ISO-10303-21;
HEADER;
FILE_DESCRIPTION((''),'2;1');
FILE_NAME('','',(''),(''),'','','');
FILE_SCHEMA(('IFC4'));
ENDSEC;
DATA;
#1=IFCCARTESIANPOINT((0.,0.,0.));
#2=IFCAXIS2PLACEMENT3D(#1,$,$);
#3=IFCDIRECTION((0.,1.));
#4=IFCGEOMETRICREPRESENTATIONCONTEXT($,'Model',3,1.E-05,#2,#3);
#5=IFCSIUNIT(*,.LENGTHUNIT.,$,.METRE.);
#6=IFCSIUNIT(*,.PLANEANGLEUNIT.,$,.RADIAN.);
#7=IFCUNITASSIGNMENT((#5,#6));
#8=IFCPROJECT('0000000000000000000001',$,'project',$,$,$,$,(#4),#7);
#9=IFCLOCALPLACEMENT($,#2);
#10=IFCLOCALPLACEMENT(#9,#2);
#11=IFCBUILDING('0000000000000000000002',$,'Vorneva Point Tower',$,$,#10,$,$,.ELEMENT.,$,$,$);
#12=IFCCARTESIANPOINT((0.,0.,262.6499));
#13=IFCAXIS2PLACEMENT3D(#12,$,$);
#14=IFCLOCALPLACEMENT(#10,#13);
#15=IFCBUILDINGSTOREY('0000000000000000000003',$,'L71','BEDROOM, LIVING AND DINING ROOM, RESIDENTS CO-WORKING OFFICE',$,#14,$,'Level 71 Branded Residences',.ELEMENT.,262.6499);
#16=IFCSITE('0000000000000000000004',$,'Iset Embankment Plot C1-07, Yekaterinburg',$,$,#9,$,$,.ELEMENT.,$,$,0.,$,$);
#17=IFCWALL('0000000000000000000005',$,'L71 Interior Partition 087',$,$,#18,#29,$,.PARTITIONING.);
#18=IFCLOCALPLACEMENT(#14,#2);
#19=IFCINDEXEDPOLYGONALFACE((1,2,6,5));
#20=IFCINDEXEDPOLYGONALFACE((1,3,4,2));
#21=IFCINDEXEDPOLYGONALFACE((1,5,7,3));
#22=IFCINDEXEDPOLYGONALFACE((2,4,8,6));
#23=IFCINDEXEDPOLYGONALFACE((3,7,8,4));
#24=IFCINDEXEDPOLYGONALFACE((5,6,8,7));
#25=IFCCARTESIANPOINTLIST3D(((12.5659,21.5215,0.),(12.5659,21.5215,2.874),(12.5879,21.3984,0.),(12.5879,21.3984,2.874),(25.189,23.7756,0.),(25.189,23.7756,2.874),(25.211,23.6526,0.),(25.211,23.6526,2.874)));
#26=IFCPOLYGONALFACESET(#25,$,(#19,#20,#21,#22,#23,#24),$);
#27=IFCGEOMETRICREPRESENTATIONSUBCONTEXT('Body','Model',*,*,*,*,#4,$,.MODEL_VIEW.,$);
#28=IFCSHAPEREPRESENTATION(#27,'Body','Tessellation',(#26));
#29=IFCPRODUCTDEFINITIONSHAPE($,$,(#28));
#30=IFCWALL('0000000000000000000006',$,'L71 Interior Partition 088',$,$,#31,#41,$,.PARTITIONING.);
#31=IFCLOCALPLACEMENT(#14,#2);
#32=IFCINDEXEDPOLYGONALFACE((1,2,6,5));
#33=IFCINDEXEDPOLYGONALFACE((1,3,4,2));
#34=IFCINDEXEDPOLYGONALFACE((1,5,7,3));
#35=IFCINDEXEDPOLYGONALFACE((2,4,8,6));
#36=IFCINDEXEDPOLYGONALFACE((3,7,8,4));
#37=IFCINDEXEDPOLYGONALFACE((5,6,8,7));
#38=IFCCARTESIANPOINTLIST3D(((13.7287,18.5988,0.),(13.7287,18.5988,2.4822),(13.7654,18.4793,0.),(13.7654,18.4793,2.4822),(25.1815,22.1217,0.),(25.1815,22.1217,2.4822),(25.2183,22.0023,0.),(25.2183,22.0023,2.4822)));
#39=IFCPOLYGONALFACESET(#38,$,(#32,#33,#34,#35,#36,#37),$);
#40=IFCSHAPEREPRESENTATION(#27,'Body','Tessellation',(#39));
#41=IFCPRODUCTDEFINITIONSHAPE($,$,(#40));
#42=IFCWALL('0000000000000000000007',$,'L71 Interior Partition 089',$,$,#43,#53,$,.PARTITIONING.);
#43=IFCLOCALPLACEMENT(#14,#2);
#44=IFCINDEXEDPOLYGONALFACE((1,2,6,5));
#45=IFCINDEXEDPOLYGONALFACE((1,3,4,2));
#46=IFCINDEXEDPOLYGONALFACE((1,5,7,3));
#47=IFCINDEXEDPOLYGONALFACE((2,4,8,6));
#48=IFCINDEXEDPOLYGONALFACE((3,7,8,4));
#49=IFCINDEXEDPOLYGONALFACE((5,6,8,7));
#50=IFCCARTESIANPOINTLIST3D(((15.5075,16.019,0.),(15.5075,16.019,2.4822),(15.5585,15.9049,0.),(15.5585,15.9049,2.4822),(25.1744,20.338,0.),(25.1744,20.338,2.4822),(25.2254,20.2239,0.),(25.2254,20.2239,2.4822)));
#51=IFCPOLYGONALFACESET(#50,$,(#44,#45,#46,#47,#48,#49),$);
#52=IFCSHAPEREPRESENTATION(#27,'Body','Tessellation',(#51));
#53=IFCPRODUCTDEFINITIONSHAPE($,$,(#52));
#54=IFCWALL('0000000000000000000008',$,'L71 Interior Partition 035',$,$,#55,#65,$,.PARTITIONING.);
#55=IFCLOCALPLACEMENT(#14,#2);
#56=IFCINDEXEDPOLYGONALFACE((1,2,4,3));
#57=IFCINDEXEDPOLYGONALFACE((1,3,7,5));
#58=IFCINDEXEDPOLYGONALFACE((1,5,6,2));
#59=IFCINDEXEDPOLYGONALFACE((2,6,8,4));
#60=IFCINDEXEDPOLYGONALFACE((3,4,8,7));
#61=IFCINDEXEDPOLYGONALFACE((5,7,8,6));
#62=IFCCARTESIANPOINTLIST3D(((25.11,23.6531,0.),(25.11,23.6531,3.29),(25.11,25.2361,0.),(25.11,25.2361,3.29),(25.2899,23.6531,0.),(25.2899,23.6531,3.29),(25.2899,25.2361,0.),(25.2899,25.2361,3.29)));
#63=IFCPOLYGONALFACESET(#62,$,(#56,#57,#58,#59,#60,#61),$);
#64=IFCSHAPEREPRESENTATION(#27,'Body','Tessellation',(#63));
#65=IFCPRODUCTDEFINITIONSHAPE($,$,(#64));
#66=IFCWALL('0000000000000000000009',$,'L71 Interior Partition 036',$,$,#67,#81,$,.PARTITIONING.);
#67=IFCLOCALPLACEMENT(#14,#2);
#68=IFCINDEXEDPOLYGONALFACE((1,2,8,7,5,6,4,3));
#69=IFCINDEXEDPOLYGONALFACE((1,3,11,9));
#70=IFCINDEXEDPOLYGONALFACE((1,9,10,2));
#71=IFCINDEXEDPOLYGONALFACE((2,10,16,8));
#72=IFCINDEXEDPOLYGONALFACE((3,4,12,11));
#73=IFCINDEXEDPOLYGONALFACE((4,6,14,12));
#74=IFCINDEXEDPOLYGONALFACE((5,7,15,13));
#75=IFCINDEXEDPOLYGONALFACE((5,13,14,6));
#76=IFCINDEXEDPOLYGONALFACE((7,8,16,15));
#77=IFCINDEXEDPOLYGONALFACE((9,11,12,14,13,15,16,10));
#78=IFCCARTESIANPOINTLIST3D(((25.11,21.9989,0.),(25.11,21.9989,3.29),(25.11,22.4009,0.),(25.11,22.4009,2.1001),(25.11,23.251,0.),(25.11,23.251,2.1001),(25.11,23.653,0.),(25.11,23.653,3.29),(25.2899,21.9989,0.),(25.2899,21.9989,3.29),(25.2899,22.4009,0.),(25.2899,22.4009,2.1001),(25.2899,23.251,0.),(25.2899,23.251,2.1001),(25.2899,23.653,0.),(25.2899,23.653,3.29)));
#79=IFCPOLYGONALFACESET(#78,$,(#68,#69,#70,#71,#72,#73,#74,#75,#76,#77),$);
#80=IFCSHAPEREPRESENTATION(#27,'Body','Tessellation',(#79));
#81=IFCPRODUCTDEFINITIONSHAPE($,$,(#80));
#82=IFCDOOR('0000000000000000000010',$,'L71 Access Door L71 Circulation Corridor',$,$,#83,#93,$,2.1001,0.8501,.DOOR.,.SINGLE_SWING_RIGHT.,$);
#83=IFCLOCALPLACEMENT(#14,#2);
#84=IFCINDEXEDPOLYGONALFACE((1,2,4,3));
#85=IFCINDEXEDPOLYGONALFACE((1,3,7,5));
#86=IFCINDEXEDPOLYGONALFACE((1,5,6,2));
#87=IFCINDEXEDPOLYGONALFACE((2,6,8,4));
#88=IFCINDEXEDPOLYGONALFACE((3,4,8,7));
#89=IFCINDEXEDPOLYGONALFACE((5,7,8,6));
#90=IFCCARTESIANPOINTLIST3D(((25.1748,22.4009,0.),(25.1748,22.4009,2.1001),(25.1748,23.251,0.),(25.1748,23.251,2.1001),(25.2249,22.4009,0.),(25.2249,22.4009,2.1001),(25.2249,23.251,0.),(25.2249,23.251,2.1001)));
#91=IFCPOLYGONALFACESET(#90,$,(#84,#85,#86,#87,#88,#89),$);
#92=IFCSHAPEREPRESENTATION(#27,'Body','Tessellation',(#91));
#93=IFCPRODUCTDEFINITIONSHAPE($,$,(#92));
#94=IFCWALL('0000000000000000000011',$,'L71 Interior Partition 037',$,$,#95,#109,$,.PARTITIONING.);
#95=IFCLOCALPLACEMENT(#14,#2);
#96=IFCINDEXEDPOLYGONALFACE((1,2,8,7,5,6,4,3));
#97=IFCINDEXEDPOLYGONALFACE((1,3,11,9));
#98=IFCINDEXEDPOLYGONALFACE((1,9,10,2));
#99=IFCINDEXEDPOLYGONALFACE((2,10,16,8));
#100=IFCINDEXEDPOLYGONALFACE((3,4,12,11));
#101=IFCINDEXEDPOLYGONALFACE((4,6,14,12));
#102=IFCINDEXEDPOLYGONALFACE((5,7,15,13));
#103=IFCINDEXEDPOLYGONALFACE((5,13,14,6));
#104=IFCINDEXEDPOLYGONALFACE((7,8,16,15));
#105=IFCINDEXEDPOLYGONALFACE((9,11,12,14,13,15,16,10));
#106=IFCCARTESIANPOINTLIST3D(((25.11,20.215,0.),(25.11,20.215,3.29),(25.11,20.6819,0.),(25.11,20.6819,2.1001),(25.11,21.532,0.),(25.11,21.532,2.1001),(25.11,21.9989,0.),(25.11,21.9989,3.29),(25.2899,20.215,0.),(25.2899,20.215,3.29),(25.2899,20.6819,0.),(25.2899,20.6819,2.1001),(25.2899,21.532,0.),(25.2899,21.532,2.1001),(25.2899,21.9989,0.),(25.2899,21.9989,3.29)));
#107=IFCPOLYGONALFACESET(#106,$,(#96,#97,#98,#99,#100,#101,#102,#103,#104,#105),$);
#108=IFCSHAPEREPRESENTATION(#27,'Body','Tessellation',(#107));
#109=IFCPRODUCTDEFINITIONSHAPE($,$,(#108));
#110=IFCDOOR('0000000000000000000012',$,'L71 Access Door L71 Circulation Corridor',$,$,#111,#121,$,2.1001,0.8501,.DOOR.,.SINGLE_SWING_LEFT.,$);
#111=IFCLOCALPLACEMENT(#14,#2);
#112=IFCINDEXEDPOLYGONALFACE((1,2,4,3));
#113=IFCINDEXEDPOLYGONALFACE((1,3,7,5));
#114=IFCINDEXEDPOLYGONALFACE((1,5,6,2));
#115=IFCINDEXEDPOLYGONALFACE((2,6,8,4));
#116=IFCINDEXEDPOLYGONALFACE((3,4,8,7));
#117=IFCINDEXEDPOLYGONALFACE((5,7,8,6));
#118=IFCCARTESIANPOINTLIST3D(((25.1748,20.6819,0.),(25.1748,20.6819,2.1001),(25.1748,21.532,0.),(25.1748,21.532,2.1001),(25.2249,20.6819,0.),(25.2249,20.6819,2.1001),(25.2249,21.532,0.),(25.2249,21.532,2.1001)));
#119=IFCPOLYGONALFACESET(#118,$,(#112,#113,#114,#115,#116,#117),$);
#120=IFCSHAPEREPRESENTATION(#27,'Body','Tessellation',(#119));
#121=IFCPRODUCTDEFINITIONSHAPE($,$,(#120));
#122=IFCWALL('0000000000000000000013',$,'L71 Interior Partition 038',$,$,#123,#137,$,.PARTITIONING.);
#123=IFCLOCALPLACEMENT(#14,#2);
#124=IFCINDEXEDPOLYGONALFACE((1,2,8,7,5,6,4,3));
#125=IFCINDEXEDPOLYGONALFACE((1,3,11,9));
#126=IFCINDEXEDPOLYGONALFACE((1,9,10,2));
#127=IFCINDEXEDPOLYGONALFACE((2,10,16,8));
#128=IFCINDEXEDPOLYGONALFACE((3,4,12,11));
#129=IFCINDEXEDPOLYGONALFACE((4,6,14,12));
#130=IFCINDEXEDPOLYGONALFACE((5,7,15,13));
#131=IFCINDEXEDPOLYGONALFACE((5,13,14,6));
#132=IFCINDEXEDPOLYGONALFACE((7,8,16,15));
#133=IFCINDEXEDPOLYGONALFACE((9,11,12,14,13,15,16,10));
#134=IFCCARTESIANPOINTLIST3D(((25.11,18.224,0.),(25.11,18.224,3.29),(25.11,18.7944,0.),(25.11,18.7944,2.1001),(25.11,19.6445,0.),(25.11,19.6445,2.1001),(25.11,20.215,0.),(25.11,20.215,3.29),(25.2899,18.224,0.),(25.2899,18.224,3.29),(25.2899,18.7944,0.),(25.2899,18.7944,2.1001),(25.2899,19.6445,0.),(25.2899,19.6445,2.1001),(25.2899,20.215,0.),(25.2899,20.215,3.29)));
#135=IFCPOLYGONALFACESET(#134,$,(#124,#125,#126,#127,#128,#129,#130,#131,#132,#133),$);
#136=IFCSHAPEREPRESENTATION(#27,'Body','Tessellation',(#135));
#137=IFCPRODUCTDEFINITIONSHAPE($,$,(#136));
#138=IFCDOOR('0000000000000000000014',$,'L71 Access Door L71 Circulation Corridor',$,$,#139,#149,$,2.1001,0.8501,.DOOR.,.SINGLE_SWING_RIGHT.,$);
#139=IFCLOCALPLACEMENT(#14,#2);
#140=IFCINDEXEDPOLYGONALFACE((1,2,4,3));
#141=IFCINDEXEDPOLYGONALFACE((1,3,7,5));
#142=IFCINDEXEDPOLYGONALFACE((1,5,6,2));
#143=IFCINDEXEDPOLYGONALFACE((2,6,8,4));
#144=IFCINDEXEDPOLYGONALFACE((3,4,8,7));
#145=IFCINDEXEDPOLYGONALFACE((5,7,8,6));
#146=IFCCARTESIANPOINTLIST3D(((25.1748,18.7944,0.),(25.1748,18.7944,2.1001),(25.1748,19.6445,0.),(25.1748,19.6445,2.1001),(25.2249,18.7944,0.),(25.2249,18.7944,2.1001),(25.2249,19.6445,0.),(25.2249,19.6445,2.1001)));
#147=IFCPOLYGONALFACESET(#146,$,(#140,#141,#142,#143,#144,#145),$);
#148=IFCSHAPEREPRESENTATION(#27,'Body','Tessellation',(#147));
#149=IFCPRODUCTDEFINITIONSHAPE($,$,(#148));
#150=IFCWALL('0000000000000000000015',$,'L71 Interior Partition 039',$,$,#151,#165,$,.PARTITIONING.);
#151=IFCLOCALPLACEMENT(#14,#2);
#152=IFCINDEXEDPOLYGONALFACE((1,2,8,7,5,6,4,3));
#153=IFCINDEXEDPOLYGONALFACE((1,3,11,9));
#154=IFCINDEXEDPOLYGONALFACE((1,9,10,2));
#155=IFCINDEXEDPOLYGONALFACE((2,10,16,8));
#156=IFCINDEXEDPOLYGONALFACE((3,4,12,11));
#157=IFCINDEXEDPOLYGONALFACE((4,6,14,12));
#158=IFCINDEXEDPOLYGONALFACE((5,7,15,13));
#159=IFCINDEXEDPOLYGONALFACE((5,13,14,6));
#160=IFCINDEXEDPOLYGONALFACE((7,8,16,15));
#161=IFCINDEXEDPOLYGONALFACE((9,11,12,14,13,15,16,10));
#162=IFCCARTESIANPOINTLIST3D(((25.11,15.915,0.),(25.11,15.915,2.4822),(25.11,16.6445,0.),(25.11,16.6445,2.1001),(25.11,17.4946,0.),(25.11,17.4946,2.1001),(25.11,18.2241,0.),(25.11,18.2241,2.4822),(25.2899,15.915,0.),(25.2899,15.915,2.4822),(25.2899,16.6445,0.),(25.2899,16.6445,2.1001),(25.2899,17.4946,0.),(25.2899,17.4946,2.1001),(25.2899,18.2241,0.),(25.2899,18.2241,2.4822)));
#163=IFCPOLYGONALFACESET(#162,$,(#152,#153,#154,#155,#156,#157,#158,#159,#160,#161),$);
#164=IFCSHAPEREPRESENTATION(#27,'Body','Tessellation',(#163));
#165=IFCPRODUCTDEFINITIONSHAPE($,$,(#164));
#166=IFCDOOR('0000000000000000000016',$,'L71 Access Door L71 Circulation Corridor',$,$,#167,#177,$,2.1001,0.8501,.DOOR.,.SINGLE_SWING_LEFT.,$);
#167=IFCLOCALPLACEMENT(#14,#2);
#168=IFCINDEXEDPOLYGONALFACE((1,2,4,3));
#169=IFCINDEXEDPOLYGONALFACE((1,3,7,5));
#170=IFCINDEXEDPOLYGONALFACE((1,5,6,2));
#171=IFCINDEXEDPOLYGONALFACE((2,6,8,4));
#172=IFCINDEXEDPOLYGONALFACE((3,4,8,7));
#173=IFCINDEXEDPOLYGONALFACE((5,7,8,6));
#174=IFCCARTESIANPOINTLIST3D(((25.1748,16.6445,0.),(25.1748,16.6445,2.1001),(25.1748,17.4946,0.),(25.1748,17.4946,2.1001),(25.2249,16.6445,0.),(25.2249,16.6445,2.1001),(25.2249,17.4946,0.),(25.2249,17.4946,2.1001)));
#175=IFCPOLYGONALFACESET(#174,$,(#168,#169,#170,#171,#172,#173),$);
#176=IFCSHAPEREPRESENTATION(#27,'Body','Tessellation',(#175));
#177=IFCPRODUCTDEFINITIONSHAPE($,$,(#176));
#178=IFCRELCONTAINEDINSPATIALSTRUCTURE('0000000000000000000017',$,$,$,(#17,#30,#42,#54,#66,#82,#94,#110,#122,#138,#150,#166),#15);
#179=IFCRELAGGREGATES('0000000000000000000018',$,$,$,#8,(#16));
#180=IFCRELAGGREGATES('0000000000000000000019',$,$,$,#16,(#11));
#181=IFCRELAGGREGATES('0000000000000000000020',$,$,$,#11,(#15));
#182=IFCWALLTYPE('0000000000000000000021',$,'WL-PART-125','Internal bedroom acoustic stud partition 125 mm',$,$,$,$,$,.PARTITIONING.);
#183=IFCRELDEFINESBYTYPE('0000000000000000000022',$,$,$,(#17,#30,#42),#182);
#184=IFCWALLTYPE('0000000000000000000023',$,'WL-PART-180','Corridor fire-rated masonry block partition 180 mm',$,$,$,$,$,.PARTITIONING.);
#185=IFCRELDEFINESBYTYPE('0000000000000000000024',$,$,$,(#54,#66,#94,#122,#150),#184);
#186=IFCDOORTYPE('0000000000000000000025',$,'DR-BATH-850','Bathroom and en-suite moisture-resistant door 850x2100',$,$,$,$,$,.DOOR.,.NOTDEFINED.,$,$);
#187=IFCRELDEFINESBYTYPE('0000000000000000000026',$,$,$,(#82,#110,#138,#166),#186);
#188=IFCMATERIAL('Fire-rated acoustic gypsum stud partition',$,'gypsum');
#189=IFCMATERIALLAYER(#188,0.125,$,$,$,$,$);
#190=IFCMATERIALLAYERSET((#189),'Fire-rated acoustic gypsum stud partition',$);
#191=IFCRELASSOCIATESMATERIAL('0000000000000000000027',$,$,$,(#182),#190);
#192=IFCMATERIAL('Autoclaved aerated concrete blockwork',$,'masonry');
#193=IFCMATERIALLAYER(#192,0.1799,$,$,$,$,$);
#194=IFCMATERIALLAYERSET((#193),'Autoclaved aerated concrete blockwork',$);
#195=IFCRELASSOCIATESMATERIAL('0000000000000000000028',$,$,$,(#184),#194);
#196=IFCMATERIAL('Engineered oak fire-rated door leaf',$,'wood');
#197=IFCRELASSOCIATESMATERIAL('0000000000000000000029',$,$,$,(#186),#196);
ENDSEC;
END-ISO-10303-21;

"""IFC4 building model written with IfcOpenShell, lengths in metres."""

from ifc_helpers import new_model, si_unit, direction, frame, frame_2d, origin, place, context, subcontext, project, spatial, rectangle, extrude, material, layer, layer_set, type_object, element, fill, save


model = new_model("IFC4")

# Units and contexts
model_context = context("Model", 3, precision=1e-05, world=origin(), true_north=direction((0.0, 1.0)))
body_context = subcontext(model_context, "Body", "Model", "MODEL_VIEW")
ifc_project = project(units=[si_unit("LENGTHUNIT", "METRE"), si_unit("PLANEANGLEUNIT", "RADIAN")], contexts=[model_context])

# Site, building, storey
site_placement = place(None, origin())
site = spatial("IfcSite", under=ifc_project, at=site_placement, Name="Iset Embankment Plot C1-07, Yekaterinburg", CompositionType="ELEMENT", RefElevation=0.0)
building_placement = place(site_placement, origin())
building = spatial("IfcBuilding", under=site, at=building_placement, Name="Vorneva Point Tower", CompositionType="ELEMENT")
storey_placement = place(building_placement, frame((0.0, 0.0, 262.6499)))
storey = spatial("IfcBuildingStorey", under=building, at=storey_placement, Name="L71", Description="BEDROOM, LIVING AND DINING ROOM, RESIDENTS CO-WORKING OFFICE", LongName="Level 71 Branded Residences", CompositionType="ELEMENT", Elevation=262.6499)

# Shared definitions
ifc_material_1 = material(Name="Fire-rated acoustic gypsum stud partition", Category="gypsum")

# Shared definitions
ifc_layer_1 = layer(ifc_material_1, 0.125)
ifc_layer_set_1 = layer_set([ifc_layer_1], Name="Fire-rated acoustic gypsum stud partition")
wall_type_1 = type_object("IfcWallType", Name="WL-PART-125", Description="Internal bedroom acoustic stud partition 125 mm", PredefinedType="PARTITIONING", material=ifc_layer_set_1)
ifc_material_2 = material(Name="Engineered oak fire-rated door leaf", Category="wood")

# Walls
wall_1_placement = place(storey_placement, frame((12.5769, 21.46, 0.0), z_axis=(0.0, 0.0, 1.0), x_axis=(0.984427, 0.175793, 0.0)))
element("IfcWall", 1, at=wall_1_placement, inside=storey, type_object=wall_type_1, Name="L71 Interior Partition 087", PredefinedType="PARTITIONING", context=body_context, shape_type="SweptSolid", body=[
    extrude(rectangle(XDim=12.8228, YDim=0.125, at=frame_2d((6.4114, 0.0))), origin(), (0.0, 0.0, 1.0), 2.874),
])
wall_2_placement = place(storey_placement, frame((13.7471, 18.5391, 0.0), z_axis=(0.0, 0.0, 1.0), x_axis=(0.955803, 0.294009, 0.0)))
element("IfcWall", 2, at=wall_2_placement, inside=storey, type_object=wall_type_1, Name="L71 Interior Partition 088", PredefinedType="PARTITIONING", context=body_context, shape_type="SweptSolid", body=[
    extrude(rectangle(XDim=11.9824, YDim=0.125, at=frame_2d((5.9912, 0.0))), origin(), (0.0, 0.0, 1.0), 2.4822),
])
wall_3_placement = place(storey_placement, frame((15.533, 15.9619, 0.0), z_axis=(0.0, 0.0, 1.0), x_axis=(0.913016, 0.407924, 0.0)))
element("IfcWall", 3, at=wall_3_placement, inside=storey, type_object=wall_type_1, Name="L71 Interior Partition 089", PredefinedType="PARTITIONING", context=body_context, shape_type="SweptSolid", body=[
    extrude(rectangle(XDim=10.5879, YDim=0.125, at=frame_2d((5.2939, 0.0))), origin(), (0.0, 0.0, 1.0), 2.4822),
])
ifc_material_3 = material(Name="Autoclaved aerated concrete blockwork", Category="masonry")
ifc_layer_2 = layer(ifc_material_3, 0.1799)
ifc_layer_set_2 = layer_set([ifc_layer_2], Name="Autoclaved aerated concrete blockwork")
wall_type_2 = type_object("IfcWallType", Name="WL-PART-180", Description="Corridor fire-rated masonry block partition 180 mm", PredefinedType="PARTITIONING", material=ifc_layer_set_2)
wall_4_placement = place(storey_placement, frame((25.2, 25.2361, 0.0), z_axis=(0.0, 0.0, 1.0), x_axis=(0.0, -1.0, 0.0)))
element("IfcWall", 4, at=wall_4_placement, inside=storey, type_object=wall_type_2, Name="L71 Interior Partition 035", PredefinedType="PARTITIONING", context=body_context, shape_type="SweptSolid", body=[
    extrude(rectangle(XDim=1.583, YDim=0.1799, at=frame_2d((0.7915, 0.0))), origin(), (0.0, 0.0, 1.0), 3.29),
])

# Walls, openings, doors
wall_5_placement = place(storey_placement, frame((25.2, 23.6531, 0.0), z_axis=(0.0, 0.0, 1.0), x_axis=(0.0, -1.0, 0.0)))
wall_5 = element("IfcWall", 5, at=wall_5_placement, inside=storey, type_object=wall_type_2, Name="L71 Interior Partition 036", PredefinedType="PARTITIONING", context=body_context, shape_type="SweptSolid", body=[
    extrude(rectangle(XDim=1.6541, YDim=0.1799, at=frame_2d((0.8271, 0.0))), origin(), (0.0, 0.0, 1.0), 3.29),
])
opening_1_placement = place(wall_5_placement, frame((0.4021, 0.0, 0.0)))
opening_1 = element("IfcOpeningElement", 6, at=opening_1_placement, cuts=wall_5, PredefinedType="OPENING", context=body_context, shape_type="SweptSolid", body=[
    extrude(rectangle(XDim=0.8501, YDim=2.1001, at=frame_2d((0.425, 1.05))), frame((0.0, 0.105, 0.0), z_axis=(0.0, -1.0, 0.0), x_axis=(1.0, 0.0, 0.0)), (0.0, 0.0, 1.0), 0.2097),
])
door_type_1 = type_object("IfcDoorType", Name="DR-BATH-850", Description="Bathroom and en-suite moisture-resistant door 850x2100", OperationType="NOTDEFINED", PredefinedType="DOOR", material=ifc_material_2)
door_1_placement = place(opening_1_placement, origin())
door_1 = element("IfcDoor", 7, at=door_1_placement, inside=storey, type_object=door_type_1, Name="L71 Access Door L71 Circulation Corridor", OperationType="SINGLE_SWING_RIGHT", OverallHeight=2.1001, OverallWidth=0.8501, PredefinedType="DOOR", context=body_context, shape_type="SweptSolid", body=[
    extrude(rectangle(XDim=0.8501, YDim=2.1001, at=frame_2d((0.425, 1.05))), frame((0.0, 0.0249, 0.0), z_axis=(0.0, -1.0, 0.0), x_axis=(1.0, 0.0, 0.0)), (0.0, 0.0, 1.0), 0.05),
])
fill(opening_1, door_1)
wall_6_placement = place(storey_placement, frame((25.2, 21.999, 0.0), z_axis=(0.0, 0.0, 1.0), x_axis=(0.0, -1.0, 0.0)))
wall_6 = element("IfcWall", 8, at=wall_6_placement, inside=storey, type_object=wall_type_2, Name="L71 Interior Partition 037", PredefinedType="PARTITIONING", context=body_context, shape_type="SweptSolid", body=[
    extrude(rectangle(XDim=1.7839, YDim=0.1799, at=frame_2d((0.8921, 0.0))), origin(), (0.0, 0.0, 1.0), 3.29),
])
opening_2_placement = place(wall_6_placement, frame((0.467, 0.0, 0.0)))
opening_2 = element("IfcOpeningElement", 9, at=opening_2_placement, cuts=wall_6, PredefinedType="OPENING", context=body_context, shape_type="SweptSolid", body=[
    extrude(rectangle(XDim=0.8501, YDim=2.1001, at=frame_2d((0.425, 1.05))), frame((0.0, 0.105, 0.0), z_axis=(0.0, -1.0, 0.0), x_axis=(1.0, 0.0, 0.0)), (0.0, 0.0, 1.0), 0.2097),
])
door_2_placement = place(opening_2_placement, origin())
door_2 = element("IfcDoor", 10, at=door_2_placement, inside=storey, type_object=door_type_1, Name="L71 Access Door L71 Circulation Corridor", OperationType="SINGLE_SWING_LEFT", OverallHeight=2.1001, OverallWidth=0.8501, PredefinedType="DOOR", context=body_context, shape_type="SweptSolid", body=[
    extrude(rectangle(XDim=0.8501, YDim=2.1001, at=frame_2d((0.425, 1.05))), frame((0.0, 0.0249, 0.0), z_axis=(0.0, -1.0, 0.0), x_axis=(1.0, 0.0, 0.0)), (0.0, 0.0, 1.0), 0.05),
])
fill(opening_2, door_2)
wall_7_placement = place(storey_placement, frame((25.2, 20.2151, 0.0), z_axis=(0.0, 0.0, 1.0), x_axis=(0.0, -1.0, 0.0)))
wall_7 = element("IfcWall", 11, at=wall_7_placement, inside=storey, type_object=wall_type_2, Name="L71 Interior Partition 038", PredefinedType="PARTITIONING", context=body_context, shape_type="SweptSolid", body=[
    extrude(rectangle(XDim=1.991, YDim=0.1799, at=frame_2d((0.9956, 0.0))), origin(), (0.0, 0.0, 1.0), 3.29),
])
opening_3_placement = place(wall_7_placement, frame((0.5706, 0.0, 0.0)))
opening_3 = element("IfcOpeningElement", 12, at=opening_3_placement, cuts=wall_7, PredefinedType="OPENING", context=body_context, shape_type="SweptSolid", body=[
    extrude(rectangle(XDim=0.8501, YDim=2.1001, at=frame_2d((0.425, 1.05))), frame((0.0, 0.105, 0.0), z_axis=(0.0, -1.0, 0.0), x_axis=(1.0, 0.0, 0.0)), (0.0, 0.0, 1.0), 0.2097),
])
door_3_placement = place(opening_3_placement, origin())
door_3 = element("IfcDoor", 13, at=door_3_placement, inside=storey, type_object=door_type_1, Name="L71 Access Door L71 Circulation Corridor", OperationType="SINGLE_SWING_RIGHT", OverallHeight=2.1001, OverallWidth=0.8501, PredefinedType="DOOR", context=body_context, shape_type="SweptSolid", body=[
    extrude(rectangle(XDim=0.8501, YDim=2.1001, at=frame_2d((0.425, 1.05))), frame((0.0, 0.0249, 0.0), z_axis=(0.0, -1.0, 0.0), x_axis=(1.0, 0.0, 0.0)), (0.0, 0.0, 1.0), 0.05),
])
fill(opening_3, door_3)
wall_8_placement = place(storey_placement, frame((25.2, 18.2241, 0.0), z_axis=(0.0, 0.0, 1.0), x_axis=(0.0, -1.0, 0.0)))
wall_8 = element("IfcWall", 14, at=wall_8_placement, inside=storey, type_object=wall_type_2, Name="L71 Interior Partition 039", PredefinedType="PARTITIONING", context=body_context, shape_type="SweptSolid", body=[
    extrude(rectangle(XDim=2.3091, YDim=0.1799, at=frame_2d((1.1545, 0.0))), origin(), (0.0, 0.0, 1.0), 2.4822),
])
opening_4_placement = place(wall_8_placement, frame((0.7295, 0.0, 0.0)))
opening_4 = element("IfcOpeningElement", 15, at=opening_4_placement, cuts=wall_8, PredefinedType="OPENING", context=body_context, shape_type="SweptSolid", body=[
    extrude(rectangle(XDim=0.8501, YDim=2.1001, at=frame_2d((0.425, 1.05))), frame((0.0, 0.105, 0.0), z_axis=(0.0, -1.0, 0.0), x_axis=(1.0, 0.0, 0.0)), (0.0, 0.0, 1.0), 0.2097),
])
door_4_placement = place(opening_4_placement, origin())
door_4 = element("IfcDoor", 16, at=door_4_placement, inside=storey, type_object=door_type_1, Name="L71 Access Door L71 Circulation Corridor", OperationType="SINGLE_SWING_LEFT", OverallHeight=2.1001, OverallWidth=0.8501, PredefinedType="DOOR", context=body_context, shape_type="SweptSolid", body=[
    extrude(rectangle(XDim=0.8501, YDim=2.1001, at=frame_2d((0.425, 1.05))), frame((0.0, 0.0249, 0.0), z_axis=(0.0, -1.0, 0.0), x_axis=(1.0, 0.0, 0.0)), (0.0, 0.0, 1.0), 0.05),
])
fill(opening_4, door_4)

save(model, "model.ifc")
